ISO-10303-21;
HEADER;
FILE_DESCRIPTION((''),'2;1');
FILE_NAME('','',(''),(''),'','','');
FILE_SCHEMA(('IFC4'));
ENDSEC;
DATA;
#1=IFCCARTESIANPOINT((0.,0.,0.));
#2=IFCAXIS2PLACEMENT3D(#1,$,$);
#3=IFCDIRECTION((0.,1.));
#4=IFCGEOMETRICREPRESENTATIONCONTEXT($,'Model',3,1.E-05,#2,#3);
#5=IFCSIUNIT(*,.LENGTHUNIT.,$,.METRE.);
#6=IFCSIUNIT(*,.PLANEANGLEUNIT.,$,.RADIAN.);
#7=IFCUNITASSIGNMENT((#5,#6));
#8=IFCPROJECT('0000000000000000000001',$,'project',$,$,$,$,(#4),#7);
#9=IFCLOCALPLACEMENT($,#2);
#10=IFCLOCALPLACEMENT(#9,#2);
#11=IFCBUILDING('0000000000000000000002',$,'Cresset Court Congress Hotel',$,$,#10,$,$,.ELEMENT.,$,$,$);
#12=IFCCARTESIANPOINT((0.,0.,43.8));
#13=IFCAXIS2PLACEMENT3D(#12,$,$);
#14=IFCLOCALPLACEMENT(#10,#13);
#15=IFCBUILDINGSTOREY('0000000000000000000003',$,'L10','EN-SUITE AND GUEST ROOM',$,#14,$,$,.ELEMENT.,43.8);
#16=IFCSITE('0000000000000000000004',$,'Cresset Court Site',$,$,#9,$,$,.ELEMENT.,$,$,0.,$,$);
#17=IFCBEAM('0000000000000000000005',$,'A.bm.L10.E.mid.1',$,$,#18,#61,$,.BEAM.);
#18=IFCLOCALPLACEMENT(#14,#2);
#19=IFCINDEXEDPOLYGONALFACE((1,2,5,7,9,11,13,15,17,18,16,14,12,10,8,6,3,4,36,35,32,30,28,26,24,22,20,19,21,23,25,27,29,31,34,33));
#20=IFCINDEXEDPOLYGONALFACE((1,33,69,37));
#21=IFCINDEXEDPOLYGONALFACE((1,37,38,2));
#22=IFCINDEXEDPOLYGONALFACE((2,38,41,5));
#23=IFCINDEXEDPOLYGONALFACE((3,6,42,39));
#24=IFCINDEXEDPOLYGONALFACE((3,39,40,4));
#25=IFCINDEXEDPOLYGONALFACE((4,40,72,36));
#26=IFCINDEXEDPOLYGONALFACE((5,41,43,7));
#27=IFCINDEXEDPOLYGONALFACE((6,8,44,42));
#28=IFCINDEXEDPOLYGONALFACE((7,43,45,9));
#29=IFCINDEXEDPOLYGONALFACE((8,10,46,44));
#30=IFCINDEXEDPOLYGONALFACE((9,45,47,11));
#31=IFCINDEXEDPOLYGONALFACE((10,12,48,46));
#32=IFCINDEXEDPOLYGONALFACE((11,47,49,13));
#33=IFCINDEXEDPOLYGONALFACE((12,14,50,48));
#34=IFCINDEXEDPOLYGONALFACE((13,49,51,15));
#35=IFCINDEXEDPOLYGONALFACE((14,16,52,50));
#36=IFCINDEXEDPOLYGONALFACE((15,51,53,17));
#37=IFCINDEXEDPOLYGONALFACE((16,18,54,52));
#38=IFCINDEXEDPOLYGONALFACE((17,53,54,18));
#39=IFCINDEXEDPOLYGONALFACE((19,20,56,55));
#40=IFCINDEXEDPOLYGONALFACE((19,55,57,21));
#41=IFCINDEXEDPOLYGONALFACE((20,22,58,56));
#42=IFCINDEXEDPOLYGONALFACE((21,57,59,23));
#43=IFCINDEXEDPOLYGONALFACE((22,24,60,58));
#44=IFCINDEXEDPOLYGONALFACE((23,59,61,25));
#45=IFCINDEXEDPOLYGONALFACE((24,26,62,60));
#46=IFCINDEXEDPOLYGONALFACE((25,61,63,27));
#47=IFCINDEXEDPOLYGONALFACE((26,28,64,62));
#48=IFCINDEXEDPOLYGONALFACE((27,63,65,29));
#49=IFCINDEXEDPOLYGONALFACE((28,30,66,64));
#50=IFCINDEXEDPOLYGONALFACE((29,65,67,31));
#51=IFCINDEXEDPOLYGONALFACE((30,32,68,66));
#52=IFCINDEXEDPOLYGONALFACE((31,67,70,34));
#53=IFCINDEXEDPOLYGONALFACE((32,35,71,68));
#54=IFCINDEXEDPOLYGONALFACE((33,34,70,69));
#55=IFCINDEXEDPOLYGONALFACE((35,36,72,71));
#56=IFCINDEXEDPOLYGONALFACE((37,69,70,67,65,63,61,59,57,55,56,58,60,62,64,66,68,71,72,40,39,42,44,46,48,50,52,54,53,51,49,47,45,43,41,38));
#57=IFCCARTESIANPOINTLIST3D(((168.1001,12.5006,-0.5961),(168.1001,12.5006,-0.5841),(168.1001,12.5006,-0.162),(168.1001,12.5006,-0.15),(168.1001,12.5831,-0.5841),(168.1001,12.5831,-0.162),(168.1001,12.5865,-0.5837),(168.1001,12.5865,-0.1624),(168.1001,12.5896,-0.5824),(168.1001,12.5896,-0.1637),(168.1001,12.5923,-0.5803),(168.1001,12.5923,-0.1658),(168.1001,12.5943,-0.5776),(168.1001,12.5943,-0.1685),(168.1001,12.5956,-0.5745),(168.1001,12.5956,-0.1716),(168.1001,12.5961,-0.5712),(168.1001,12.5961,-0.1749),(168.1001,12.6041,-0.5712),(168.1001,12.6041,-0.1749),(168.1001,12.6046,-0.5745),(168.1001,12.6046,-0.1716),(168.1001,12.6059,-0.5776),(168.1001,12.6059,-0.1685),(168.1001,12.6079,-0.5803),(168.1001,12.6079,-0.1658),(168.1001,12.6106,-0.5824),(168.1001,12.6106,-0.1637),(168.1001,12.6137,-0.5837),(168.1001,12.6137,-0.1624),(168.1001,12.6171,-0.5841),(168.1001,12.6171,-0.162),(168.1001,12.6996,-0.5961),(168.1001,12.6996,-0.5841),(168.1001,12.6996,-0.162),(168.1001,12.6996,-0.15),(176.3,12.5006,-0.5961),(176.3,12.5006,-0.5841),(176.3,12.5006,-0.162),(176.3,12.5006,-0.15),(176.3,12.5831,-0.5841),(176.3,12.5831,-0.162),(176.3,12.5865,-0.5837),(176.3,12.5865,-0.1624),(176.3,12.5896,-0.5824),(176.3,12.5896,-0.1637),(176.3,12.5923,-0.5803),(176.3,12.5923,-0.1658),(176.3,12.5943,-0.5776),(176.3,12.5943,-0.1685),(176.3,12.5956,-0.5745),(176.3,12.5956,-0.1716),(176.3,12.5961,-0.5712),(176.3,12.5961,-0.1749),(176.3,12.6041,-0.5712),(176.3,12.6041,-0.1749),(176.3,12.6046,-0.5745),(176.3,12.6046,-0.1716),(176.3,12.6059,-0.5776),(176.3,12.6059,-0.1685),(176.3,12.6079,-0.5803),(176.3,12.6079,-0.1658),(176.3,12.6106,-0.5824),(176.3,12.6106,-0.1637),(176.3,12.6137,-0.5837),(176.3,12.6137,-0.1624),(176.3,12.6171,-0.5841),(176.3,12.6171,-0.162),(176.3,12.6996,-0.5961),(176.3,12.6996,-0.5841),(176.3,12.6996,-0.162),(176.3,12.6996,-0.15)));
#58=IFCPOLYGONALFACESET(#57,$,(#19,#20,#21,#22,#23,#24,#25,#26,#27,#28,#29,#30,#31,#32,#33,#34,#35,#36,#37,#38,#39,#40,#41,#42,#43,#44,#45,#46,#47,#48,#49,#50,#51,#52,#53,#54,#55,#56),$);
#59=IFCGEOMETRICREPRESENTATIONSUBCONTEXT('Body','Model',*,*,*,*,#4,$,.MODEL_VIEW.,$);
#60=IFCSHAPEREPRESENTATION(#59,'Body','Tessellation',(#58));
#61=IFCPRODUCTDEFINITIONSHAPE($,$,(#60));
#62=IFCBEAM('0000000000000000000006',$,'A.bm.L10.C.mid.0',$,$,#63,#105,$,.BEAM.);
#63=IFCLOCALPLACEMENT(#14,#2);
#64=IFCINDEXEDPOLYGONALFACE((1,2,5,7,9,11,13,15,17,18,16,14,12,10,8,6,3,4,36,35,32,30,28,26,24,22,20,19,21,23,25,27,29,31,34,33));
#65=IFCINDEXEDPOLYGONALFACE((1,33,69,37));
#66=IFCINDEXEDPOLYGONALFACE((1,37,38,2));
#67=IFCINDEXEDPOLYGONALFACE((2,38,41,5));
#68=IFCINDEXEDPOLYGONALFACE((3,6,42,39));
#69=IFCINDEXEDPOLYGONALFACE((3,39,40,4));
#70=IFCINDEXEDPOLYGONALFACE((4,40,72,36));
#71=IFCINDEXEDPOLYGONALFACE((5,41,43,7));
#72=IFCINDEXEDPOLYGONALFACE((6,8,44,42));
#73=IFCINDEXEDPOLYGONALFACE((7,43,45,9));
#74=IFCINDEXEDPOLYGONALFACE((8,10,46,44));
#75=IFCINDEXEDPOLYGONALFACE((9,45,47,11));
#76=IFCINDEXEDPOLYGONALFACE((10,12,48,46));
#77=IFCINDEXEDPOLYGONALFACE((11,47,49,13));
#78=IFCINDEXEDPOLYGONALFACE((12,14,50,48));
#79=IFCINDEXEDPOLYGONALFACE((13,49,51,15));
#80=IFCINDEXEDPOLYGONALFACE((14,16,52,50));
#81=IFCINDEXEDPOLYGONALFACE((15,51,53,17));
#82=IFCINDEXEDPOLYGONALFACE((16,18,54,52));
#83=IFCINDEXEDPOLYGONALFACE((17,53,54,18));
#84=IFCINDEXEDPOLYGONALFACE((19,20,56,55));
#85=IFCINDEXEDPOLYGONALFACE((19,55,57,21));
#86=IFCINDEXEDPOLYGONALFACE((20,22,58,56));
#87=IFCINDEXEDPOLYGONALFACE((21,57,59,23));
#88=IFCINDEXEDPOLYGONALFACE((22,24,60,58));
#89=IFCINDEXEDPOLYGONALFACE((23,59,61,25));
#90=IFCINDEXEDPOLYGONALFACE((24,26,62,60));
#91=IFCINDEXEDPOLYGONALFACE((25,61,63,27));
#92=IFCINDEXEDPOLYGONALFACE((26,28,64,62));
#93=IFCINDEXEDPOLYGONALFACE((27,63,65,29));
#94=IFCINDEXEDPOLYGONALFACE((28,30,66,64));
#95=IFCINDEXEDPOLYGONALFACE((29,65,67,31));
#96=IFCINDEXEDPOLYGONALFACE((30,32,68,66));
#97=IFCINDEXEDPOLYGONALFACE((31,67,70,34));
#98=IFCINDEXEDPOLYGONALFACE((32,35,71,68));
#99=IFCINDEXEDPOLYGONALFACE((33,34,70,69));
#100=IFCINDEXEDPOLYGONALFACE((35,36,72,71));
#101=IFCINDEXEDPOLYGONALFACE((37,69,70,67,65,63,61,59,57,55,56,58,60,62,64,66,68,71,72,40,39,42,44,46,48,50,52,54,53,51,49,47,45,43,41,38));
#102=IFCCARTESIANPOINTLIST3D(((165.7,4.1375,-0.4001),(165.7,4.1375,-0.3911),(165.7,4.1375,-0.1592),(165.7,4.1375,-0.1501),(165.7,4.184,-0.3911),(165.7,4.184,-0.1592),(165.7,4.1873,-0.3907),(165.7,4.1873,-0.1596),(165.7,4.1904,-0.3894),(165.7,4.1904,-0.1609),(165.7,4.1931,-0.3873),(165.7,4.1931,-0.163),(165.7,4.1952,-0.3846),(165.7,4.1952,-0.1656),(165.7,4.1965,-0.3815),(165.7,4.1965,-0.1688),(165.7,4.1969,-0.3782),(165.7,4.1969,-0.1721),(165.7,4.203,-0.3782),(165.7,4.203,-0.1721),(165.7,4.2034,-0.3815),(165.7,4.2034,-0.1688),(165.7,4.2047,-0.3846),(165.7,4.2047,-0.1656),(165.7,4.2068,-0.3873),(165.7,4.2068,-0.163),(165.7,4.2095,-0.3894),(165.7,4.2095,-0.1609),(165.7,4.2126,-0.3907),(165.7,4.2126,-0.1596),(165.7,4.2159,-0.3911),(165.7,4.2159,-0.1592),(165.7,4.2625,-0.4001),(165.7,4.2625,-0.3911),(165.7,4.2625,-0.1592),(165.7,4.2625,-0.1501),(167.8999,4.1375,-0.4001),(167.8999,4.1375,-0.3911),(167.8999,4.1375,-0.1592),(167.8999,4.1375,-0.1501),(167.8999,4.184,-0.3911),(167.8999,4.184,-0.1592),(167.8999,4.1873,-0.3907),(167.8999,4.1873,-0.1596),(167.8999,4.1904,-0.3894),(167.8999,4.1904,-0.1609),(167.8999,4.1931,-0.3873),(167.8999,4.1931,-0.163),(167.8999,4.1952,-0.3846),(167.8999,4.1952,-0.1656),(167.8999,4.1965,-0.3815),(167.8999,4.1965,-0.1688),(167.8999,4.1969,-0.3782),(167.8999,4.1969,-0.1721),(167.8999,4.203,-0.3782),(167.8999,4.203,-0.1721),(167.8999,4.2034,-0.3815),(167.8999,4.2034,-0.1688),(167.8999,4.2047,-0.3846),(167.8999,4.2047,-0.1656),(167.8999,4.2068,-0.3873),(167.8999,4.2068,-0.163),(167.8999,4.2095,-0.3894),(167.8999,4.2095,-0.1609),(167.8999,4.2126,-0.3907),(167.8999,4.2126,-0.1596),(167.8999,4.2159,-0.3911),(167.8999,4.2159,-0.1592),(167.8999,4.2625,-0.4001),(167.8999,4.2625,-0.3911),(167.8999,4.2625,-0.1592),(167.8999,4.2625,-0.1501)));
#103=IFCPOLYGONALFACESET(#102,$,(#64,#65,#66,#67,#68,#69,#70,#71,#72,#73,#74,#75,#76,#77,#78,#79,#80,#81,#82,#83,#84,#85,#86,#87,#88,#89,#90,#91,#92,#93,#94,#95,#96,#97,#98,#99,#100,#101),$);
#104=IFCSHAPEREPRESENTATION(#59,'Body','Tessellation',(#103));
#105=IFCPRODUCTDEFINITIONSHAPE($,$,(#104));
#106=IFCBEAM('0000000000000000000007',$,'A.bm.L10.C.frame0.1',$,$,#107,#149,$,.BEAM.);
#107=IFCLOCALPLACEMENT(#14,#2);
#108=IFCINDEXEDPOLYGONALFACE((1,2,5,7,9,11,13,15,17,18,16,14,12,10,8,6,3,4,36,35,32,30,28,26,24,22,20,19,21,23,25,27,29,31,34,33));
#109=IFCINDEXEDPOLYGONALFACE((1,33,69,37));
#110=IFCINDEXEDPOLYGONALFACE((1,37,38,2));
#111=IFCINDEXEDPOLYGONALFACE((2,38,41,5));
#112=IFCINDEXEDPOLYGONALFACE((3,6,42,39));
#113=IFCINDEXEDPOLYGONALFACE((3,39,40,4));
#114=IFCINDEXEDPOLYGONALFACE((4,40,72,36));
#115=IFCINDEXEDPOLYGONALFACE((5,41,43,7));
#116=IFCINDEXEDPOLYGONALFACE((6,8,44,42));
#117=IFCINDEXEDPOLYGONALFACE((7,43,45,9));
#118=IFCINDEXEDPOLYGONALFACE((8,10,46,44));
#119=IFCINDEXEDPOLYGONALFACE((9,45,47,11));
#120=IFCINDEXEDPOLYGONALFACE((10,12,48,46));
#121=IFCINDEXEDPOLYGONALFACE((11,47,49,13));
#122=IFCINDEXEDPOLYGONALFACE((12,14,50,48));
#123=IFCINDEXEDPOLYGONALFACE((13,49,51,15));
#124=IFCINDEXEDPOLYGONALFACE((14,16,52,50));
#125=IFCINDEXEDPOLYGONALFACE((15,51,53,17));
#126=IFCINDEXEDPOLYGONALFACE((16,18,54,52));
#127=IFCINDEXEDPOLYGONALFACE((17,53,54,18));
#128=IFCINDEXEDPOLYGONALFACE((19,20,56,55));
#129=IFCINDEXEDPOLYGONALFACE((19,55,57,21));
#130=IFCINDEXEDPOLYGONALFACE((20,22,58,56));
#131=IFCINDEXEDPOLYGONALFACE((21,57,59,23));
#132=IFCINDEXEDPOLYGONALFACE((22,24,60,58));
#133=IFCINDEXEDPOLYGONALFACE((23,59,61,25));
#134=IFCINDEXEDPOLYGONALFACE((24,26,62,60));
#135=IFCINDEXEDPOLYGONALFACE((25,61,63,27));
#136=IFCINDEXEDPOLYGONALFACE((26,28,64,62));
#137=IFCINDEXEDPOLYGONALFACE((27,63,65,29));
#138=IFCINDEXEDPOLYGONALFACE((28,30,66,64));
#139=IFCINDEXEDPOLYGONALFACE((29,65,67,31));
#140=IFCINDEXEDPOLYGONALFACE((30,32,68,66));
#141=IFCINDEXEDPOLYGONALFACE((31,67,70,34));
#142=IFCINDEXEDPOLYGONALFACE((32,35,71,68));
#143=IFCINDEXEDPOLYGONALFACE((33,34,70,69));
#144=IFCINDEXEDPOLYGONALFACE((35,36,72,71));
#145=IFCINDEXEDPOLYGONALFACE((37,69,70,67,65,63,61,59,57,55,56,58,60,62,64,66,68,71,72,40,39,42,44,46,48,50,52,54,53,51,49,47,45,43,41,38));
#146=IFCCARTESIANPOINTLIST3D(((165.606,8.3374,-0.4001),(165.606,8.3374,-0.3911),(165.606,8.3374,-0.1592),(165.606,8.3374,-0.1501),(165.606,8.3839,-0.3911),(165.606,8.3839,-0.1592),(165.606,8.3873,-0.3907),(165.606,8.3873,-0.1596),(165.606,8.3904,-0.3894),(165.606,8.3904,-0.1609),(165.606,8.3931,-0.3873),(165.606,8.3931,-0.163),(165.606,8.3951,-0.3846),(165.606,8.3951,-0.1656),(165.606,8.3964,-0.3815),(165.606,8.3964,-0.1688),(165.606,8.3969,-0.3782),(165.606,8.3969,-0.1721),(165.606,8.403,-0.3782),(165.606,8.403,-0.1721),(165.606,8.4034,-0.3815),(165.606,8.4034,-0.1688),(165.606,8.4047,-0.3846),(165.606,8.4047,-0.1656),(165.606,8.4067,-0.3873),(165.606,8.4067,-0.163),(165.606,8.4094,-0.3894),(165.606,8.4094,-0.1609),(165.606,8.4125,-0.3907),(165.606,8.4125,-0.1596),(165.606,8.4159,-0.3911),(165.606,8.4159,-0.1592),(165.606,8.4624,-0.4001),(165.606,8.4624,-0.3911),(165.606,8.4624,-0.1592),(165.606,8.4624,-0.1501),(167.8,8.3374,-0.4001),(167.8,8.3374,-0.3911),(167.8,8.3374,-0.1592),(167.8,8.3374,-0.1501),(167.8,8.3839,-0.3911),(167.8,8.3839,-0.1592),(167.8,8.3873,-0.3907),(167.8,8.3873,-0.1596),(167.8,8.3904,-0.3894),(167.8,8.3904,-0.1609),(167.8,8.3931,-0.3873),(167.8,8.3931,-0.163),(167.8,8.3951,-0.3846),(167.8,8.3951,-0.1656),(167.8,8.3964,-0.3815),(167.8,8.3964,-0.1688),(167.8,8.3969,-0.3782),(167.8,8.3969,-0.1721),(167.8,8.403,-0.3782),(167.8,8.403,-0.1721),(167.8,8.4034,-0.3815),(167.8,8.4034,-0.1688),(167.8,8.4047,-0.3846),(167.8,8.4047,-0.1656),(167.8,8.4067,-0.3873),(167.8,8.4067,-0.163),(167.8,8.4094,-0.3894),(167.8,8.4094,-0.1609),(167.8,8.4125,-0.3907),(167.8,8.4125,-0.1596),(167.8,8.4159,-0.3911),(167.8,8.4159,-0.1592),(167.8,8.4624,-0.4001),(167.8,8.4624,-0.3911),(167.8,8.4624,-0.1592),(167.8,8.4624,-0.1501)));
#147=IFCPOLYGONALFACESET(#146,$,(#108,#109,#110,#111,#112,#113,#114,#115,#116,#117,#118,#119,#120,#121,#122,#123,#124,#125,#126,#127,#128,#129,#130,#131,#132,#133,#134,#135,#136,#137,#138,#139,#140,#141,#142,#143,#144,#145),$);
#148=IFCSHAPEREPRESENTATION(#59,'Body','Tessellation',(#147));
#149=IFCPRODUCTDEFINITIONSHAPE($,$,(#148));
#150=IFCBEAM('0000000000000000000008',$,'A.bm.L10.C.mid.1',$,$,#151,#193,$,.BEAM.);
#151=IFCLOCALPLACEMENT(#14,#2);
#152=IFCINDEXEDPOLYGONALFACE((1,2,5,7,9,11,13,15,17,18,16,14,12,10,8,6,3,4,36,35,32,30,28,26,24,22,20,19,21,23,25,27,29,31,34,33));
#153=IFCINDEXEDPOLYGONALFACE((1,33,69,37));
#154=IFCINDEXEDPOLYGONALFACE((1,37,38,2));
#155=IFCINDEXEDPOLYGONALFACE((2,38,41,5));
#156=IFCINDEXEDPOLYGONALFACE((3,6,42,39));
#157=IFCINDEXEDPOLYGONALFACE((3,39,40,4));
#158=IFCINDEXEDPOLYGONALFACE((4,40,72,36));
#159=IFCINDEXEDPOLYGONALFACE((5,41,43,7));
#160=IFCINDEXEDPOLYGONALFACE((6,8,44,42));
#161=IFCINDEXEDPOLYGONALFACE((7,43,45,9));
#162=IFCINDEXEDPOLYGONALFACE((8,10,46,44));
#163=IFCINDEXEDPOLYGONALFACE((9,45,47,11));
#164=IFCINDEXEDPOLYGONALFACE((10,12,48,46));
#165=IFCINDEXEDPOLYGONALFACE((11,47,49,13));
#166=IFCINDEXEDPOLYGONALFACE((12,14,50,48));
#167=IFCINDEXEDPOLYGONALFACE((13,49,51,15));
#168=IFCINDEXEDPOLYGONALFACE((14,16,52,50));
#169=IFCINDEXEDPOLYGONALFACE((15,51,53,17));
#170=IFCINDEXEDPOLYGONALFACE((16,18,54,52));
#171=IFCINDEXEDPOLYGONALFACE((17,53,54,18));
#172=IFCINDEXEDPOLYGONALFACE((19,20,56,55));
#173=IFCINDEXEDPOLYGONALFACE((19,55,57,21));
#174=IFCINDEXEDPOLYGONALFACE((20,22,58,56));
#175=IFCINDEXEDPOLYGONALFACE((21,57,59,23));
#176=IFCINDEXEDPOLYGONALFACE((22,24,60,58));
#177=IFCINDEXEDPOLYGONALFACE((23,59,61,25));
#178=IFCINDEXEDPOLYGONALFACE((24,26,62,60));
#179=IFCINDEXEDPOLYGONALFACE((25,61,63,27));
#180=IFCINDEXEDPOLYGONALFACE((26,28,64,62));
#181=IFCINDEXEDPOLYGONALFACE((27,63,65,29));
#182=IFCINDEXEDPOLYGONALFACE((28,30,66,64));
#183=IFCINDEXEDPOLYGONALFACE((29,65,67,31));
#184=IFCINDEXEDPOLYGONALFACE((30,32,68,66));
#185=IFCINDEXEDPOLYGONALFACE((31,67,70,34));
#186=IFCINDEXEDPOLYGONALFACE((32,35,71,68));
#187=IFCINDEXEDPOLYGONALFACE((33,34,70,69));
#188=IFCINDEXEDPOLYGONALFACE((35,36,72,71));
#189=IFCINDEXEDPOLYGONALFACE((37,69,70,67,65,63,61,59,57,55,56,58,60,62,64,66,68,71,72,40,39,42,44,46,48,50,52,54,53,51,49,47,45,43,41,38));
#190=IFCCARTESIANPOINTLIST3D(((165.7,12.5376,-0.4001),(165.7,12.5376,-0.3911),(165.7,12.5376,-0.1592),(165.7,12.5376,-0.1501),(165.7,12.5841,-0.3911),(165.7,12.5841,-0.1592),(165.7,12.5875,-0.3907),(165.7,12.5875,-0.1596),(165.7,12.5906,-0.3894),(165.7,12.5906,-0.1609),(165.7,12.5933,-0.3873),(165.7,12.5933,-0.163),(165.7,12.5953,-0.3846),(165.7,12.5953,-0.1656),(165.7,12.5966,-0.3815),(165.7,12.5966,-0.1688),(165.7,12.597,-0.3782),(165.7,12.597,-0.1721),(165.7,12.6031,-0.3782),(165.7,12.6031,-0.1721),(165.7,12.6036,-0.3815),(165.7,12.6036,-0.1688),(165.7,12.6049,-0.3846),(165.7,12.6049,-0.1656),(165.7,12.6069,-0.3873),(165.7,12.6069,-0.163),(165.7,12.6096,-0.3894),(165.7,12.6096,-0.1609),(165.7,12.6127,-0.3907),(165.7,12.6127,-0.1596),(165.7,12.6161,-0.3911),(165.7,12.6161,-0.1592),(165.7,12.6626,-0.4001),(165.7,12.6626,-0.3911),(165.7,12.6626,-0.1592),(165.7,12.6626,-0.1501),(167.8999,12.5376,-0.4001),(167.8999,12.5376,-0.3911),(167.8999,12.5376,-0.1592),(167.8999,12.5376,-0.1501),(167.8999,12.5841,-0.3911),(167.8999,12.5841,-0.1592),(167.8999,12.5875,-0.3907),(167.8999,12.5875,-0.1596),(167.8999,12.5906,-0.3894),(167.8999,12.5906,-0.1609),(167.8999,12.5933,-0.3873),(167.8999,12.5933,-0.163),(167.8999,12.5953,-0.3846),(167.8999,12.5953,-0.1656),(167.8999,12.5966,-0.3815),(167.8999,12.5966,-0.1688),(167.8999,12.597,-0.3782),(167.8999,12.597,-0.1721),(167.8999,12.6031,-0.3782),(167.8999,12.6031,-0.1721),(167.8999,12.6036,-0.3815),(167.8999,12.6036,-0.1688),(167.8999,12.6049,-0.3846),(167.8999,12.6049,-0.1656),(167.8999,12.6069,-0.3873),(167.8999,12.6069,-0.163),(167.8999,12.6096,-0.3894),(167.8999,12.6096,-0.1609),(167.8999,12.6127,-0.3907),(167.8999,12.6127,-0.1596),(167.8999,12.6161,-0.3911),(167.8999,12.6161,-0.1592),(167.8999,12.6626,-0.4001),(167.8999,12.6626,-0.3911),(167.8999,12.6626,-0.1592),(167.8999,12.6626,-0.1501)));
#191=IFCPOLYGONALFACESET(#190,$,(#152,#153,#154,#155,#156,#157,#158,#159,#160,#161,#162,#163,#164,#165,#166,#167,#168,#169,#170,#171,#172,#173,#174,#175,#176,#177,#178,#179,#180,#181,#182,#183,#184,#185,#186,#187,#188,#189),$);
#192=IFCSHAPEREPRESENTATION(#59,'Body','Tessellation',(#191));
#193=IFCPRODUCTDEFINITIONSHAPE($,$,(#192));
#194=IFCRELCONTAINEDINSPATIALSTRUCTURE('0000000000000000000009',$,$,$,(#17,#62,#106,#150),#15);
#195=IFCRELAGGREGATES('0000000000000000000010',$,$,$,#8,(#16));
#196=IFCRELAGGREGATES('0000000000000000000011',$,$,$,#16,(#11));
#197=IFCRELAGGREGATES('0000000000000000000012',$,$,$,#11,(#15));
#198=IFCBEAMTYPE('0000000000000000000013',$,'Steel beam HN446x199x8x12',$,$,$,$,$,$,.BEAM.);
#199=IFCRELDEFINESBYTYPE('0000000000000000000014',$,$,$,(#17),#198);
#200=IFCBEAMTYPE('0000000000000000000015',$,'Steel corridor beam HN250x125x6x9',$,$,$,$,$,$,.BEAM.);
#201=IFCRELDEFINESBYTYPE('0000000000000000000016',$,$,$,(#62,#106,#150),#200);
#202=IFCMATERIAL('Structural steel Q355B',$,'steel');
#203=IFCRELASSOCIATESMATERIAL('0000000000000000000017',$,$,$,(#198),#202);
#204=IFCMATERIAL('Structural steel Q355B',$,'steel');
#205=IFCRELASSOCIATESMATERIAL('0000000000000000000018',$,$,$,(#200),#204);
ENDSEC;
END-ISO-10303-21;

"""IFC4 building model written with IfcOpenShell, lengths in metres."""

from ifc_helpers import new_model, si_unit, direction, frame, origin, origin_2d, place, context, subcontext, project, spatial, i_section, extrude, material, material_profile, profile_set, type_object, element, save


model = new_model("IFC4")

# Units and contexts
model_context = context("Model", 3, precision=1e-05, world=origin(), true_north=direction((0.0, 1.0)))
body_context = subcontext(model_context, "Body", "Model", "MODEL_VIEW")
ifc_project = project(units=[si_unit("LENGTHUNIT", "METRE"), si_unit("PLANEANGLEUNIT", "RADIAN")], contexts=[model_context])

# Site, building, storey
site_placement = place(None, origin())
site = spatial("IfcSite", under=ifc_project, at=site_placement, Name="Cresset Court Site", CompositionType="ELEMENT", RefElevation=0.0)
building_placement = place(site_placement, origin())
building = spatial("IfcBuilding", under=site, at=building_placement, Name="Cresset Court Congress Hotel", CompositionType="ELEMENT")
storey_placement = place(building_placement, frame((0.0, 0.0, 43.8)))
storey = spatial("IfcBuildingStorey", under=building, at=storey_placement, Name="L10", Description="EN-SUITE AND GUEST ROOM", CompositionType="ELEMENT", Elevation=43.8)

# Beams
ifc_material_1 = material(Name="Structural steel Q355B", Category="steel")
ifc_material_profile_1 = material_profile(ifc_material_1, i_section(OverallWidth=0.199, OverallDepth=0.446, WebThickness=0.0081, FlangeThickness=0.012, FilletRadius=0.0129, at=origin_2d()), Name="HN446x199x8x12")
ifc_profile_set_1 = profile_set([ifc_material_profile_1], Name="Structural steel Q355B")
beam_type_1 = type_object("IfcBeamType", Name="Steel beam HN446x199x8x12", PredefinedType="BEAM", material=ifc_profile_set_1)
beam_1_placement = place(storey_placement, frame((168.1001, 12.6001, -0.373), z_axis=(1.0, 0.0, 0.0), x_axis=(0.0, 1.0, 0.0)))
element("IfcBeam", 1, at=beam_1_placement, inside=storey, type_object=beam_type_1, Name="A.bm.L10.E.mid.1", PredefinedType="BEAM", context=body_context, shape_type="SweptSolid", body=[
    extrude(i_section(OverallWidth=0.199, OverallDepth=0.446, WebThickness=0.0081, FlangeThickness=0.012, FilletRadius=0.0129, at=origin_2d()), origin(), (0.0, 0.0, 1.0), 8.2),
])
ifc_material_2 = material(Name="Structural steel Q355B", Category="steel")
ifc_material_profile_2 = material_profile(ifc_material_2, i_section(OverallWidth=0.125, OverallDepth=0.25, WebThickness=0.0061, FlangeThickness=0.009, FilletRadius=0.0129, at=origin_2d()), Name="HN250x125x6x9")
ifc_profile_set_2 = profile_set([ifc_material_profile_2], Name="Structural steel Q355B")
beam_type_2 = type_object("IfcBeamType", Name="Steel corridor beam HN250x125x6x9", PredefinedType="BEAM", material=ifc_profile_set_2)
beam_2_placement = place(storey_placement, frame((165.7, 4.2, -0.2751), z_axis=(1.0, 0.0, 0.0), x_axis=(0.0, 1.0, 0.0)))
element("IfcBeam", 2, at=beam_2_placement, inside=storey, type_object=beam_type_2, Name="A.bm.L10.C.mid.0", PredefinedType="BEAM", context=body_context, shape_type="SweptSolid", body=[
    extrude(i_section(OverallWidth=0.125, OverallDepth=0.25, WebThickness=0.0061, FlangeThickness=0.009, FilletRadius=0.0129, at=origin_2d()), origin(), (0.0, 0.0, 1.0), 2.2),
])
beam_3_placement = place(storey_placement, frame((165.606, 8.3999, -0.2751), z_axis=(1.0, 0.0, 0.0), x_axis=(0.0, 1.0, 0.0)))
element("IfcBeam", 3, at=beam_3_placement, inside=storey, type_object=beam_type_2, Name="A.bm.L10.C.frame0.1", PredefinedType="BEAM", context=body_context, shape_type="SweptSolid", body=[
    extrude(i_section(OverallWidth=0.125, OverallDepth=0.25, WebThickness=0.0061, FlangeThickness=0.009, FilletRadius=0.0129, at=origin_2d()), origin(), (0.0, 0.0, 1.0), 2.1941),
])
beam_4_placement = place(storey_placement, frame((165.7, 12.6001, -0.2751), z_axis=(1.0, 0.0, 0.0), x_axis=(0.0, 1.0, 0.0)))
element("IfcBeam", 4, at=beam_4_placement, inside=storey, type_object=beam_type_2, Name="A.bm.L10.C.mid.1", PredefinedType="BEAM", context=body_context, shape_type="SweptSolid", body=[
    extrude(i_section(OverallWidth=0.125, OverallDepth=0.25, WebThickness=0.0061, FlangeThickness=0.009, FilletRadius=0.0129, at=origin_2d()), origin(), (0.0, 0.0, 1.0), 2.2),
])

save(model, "model.ifc")
